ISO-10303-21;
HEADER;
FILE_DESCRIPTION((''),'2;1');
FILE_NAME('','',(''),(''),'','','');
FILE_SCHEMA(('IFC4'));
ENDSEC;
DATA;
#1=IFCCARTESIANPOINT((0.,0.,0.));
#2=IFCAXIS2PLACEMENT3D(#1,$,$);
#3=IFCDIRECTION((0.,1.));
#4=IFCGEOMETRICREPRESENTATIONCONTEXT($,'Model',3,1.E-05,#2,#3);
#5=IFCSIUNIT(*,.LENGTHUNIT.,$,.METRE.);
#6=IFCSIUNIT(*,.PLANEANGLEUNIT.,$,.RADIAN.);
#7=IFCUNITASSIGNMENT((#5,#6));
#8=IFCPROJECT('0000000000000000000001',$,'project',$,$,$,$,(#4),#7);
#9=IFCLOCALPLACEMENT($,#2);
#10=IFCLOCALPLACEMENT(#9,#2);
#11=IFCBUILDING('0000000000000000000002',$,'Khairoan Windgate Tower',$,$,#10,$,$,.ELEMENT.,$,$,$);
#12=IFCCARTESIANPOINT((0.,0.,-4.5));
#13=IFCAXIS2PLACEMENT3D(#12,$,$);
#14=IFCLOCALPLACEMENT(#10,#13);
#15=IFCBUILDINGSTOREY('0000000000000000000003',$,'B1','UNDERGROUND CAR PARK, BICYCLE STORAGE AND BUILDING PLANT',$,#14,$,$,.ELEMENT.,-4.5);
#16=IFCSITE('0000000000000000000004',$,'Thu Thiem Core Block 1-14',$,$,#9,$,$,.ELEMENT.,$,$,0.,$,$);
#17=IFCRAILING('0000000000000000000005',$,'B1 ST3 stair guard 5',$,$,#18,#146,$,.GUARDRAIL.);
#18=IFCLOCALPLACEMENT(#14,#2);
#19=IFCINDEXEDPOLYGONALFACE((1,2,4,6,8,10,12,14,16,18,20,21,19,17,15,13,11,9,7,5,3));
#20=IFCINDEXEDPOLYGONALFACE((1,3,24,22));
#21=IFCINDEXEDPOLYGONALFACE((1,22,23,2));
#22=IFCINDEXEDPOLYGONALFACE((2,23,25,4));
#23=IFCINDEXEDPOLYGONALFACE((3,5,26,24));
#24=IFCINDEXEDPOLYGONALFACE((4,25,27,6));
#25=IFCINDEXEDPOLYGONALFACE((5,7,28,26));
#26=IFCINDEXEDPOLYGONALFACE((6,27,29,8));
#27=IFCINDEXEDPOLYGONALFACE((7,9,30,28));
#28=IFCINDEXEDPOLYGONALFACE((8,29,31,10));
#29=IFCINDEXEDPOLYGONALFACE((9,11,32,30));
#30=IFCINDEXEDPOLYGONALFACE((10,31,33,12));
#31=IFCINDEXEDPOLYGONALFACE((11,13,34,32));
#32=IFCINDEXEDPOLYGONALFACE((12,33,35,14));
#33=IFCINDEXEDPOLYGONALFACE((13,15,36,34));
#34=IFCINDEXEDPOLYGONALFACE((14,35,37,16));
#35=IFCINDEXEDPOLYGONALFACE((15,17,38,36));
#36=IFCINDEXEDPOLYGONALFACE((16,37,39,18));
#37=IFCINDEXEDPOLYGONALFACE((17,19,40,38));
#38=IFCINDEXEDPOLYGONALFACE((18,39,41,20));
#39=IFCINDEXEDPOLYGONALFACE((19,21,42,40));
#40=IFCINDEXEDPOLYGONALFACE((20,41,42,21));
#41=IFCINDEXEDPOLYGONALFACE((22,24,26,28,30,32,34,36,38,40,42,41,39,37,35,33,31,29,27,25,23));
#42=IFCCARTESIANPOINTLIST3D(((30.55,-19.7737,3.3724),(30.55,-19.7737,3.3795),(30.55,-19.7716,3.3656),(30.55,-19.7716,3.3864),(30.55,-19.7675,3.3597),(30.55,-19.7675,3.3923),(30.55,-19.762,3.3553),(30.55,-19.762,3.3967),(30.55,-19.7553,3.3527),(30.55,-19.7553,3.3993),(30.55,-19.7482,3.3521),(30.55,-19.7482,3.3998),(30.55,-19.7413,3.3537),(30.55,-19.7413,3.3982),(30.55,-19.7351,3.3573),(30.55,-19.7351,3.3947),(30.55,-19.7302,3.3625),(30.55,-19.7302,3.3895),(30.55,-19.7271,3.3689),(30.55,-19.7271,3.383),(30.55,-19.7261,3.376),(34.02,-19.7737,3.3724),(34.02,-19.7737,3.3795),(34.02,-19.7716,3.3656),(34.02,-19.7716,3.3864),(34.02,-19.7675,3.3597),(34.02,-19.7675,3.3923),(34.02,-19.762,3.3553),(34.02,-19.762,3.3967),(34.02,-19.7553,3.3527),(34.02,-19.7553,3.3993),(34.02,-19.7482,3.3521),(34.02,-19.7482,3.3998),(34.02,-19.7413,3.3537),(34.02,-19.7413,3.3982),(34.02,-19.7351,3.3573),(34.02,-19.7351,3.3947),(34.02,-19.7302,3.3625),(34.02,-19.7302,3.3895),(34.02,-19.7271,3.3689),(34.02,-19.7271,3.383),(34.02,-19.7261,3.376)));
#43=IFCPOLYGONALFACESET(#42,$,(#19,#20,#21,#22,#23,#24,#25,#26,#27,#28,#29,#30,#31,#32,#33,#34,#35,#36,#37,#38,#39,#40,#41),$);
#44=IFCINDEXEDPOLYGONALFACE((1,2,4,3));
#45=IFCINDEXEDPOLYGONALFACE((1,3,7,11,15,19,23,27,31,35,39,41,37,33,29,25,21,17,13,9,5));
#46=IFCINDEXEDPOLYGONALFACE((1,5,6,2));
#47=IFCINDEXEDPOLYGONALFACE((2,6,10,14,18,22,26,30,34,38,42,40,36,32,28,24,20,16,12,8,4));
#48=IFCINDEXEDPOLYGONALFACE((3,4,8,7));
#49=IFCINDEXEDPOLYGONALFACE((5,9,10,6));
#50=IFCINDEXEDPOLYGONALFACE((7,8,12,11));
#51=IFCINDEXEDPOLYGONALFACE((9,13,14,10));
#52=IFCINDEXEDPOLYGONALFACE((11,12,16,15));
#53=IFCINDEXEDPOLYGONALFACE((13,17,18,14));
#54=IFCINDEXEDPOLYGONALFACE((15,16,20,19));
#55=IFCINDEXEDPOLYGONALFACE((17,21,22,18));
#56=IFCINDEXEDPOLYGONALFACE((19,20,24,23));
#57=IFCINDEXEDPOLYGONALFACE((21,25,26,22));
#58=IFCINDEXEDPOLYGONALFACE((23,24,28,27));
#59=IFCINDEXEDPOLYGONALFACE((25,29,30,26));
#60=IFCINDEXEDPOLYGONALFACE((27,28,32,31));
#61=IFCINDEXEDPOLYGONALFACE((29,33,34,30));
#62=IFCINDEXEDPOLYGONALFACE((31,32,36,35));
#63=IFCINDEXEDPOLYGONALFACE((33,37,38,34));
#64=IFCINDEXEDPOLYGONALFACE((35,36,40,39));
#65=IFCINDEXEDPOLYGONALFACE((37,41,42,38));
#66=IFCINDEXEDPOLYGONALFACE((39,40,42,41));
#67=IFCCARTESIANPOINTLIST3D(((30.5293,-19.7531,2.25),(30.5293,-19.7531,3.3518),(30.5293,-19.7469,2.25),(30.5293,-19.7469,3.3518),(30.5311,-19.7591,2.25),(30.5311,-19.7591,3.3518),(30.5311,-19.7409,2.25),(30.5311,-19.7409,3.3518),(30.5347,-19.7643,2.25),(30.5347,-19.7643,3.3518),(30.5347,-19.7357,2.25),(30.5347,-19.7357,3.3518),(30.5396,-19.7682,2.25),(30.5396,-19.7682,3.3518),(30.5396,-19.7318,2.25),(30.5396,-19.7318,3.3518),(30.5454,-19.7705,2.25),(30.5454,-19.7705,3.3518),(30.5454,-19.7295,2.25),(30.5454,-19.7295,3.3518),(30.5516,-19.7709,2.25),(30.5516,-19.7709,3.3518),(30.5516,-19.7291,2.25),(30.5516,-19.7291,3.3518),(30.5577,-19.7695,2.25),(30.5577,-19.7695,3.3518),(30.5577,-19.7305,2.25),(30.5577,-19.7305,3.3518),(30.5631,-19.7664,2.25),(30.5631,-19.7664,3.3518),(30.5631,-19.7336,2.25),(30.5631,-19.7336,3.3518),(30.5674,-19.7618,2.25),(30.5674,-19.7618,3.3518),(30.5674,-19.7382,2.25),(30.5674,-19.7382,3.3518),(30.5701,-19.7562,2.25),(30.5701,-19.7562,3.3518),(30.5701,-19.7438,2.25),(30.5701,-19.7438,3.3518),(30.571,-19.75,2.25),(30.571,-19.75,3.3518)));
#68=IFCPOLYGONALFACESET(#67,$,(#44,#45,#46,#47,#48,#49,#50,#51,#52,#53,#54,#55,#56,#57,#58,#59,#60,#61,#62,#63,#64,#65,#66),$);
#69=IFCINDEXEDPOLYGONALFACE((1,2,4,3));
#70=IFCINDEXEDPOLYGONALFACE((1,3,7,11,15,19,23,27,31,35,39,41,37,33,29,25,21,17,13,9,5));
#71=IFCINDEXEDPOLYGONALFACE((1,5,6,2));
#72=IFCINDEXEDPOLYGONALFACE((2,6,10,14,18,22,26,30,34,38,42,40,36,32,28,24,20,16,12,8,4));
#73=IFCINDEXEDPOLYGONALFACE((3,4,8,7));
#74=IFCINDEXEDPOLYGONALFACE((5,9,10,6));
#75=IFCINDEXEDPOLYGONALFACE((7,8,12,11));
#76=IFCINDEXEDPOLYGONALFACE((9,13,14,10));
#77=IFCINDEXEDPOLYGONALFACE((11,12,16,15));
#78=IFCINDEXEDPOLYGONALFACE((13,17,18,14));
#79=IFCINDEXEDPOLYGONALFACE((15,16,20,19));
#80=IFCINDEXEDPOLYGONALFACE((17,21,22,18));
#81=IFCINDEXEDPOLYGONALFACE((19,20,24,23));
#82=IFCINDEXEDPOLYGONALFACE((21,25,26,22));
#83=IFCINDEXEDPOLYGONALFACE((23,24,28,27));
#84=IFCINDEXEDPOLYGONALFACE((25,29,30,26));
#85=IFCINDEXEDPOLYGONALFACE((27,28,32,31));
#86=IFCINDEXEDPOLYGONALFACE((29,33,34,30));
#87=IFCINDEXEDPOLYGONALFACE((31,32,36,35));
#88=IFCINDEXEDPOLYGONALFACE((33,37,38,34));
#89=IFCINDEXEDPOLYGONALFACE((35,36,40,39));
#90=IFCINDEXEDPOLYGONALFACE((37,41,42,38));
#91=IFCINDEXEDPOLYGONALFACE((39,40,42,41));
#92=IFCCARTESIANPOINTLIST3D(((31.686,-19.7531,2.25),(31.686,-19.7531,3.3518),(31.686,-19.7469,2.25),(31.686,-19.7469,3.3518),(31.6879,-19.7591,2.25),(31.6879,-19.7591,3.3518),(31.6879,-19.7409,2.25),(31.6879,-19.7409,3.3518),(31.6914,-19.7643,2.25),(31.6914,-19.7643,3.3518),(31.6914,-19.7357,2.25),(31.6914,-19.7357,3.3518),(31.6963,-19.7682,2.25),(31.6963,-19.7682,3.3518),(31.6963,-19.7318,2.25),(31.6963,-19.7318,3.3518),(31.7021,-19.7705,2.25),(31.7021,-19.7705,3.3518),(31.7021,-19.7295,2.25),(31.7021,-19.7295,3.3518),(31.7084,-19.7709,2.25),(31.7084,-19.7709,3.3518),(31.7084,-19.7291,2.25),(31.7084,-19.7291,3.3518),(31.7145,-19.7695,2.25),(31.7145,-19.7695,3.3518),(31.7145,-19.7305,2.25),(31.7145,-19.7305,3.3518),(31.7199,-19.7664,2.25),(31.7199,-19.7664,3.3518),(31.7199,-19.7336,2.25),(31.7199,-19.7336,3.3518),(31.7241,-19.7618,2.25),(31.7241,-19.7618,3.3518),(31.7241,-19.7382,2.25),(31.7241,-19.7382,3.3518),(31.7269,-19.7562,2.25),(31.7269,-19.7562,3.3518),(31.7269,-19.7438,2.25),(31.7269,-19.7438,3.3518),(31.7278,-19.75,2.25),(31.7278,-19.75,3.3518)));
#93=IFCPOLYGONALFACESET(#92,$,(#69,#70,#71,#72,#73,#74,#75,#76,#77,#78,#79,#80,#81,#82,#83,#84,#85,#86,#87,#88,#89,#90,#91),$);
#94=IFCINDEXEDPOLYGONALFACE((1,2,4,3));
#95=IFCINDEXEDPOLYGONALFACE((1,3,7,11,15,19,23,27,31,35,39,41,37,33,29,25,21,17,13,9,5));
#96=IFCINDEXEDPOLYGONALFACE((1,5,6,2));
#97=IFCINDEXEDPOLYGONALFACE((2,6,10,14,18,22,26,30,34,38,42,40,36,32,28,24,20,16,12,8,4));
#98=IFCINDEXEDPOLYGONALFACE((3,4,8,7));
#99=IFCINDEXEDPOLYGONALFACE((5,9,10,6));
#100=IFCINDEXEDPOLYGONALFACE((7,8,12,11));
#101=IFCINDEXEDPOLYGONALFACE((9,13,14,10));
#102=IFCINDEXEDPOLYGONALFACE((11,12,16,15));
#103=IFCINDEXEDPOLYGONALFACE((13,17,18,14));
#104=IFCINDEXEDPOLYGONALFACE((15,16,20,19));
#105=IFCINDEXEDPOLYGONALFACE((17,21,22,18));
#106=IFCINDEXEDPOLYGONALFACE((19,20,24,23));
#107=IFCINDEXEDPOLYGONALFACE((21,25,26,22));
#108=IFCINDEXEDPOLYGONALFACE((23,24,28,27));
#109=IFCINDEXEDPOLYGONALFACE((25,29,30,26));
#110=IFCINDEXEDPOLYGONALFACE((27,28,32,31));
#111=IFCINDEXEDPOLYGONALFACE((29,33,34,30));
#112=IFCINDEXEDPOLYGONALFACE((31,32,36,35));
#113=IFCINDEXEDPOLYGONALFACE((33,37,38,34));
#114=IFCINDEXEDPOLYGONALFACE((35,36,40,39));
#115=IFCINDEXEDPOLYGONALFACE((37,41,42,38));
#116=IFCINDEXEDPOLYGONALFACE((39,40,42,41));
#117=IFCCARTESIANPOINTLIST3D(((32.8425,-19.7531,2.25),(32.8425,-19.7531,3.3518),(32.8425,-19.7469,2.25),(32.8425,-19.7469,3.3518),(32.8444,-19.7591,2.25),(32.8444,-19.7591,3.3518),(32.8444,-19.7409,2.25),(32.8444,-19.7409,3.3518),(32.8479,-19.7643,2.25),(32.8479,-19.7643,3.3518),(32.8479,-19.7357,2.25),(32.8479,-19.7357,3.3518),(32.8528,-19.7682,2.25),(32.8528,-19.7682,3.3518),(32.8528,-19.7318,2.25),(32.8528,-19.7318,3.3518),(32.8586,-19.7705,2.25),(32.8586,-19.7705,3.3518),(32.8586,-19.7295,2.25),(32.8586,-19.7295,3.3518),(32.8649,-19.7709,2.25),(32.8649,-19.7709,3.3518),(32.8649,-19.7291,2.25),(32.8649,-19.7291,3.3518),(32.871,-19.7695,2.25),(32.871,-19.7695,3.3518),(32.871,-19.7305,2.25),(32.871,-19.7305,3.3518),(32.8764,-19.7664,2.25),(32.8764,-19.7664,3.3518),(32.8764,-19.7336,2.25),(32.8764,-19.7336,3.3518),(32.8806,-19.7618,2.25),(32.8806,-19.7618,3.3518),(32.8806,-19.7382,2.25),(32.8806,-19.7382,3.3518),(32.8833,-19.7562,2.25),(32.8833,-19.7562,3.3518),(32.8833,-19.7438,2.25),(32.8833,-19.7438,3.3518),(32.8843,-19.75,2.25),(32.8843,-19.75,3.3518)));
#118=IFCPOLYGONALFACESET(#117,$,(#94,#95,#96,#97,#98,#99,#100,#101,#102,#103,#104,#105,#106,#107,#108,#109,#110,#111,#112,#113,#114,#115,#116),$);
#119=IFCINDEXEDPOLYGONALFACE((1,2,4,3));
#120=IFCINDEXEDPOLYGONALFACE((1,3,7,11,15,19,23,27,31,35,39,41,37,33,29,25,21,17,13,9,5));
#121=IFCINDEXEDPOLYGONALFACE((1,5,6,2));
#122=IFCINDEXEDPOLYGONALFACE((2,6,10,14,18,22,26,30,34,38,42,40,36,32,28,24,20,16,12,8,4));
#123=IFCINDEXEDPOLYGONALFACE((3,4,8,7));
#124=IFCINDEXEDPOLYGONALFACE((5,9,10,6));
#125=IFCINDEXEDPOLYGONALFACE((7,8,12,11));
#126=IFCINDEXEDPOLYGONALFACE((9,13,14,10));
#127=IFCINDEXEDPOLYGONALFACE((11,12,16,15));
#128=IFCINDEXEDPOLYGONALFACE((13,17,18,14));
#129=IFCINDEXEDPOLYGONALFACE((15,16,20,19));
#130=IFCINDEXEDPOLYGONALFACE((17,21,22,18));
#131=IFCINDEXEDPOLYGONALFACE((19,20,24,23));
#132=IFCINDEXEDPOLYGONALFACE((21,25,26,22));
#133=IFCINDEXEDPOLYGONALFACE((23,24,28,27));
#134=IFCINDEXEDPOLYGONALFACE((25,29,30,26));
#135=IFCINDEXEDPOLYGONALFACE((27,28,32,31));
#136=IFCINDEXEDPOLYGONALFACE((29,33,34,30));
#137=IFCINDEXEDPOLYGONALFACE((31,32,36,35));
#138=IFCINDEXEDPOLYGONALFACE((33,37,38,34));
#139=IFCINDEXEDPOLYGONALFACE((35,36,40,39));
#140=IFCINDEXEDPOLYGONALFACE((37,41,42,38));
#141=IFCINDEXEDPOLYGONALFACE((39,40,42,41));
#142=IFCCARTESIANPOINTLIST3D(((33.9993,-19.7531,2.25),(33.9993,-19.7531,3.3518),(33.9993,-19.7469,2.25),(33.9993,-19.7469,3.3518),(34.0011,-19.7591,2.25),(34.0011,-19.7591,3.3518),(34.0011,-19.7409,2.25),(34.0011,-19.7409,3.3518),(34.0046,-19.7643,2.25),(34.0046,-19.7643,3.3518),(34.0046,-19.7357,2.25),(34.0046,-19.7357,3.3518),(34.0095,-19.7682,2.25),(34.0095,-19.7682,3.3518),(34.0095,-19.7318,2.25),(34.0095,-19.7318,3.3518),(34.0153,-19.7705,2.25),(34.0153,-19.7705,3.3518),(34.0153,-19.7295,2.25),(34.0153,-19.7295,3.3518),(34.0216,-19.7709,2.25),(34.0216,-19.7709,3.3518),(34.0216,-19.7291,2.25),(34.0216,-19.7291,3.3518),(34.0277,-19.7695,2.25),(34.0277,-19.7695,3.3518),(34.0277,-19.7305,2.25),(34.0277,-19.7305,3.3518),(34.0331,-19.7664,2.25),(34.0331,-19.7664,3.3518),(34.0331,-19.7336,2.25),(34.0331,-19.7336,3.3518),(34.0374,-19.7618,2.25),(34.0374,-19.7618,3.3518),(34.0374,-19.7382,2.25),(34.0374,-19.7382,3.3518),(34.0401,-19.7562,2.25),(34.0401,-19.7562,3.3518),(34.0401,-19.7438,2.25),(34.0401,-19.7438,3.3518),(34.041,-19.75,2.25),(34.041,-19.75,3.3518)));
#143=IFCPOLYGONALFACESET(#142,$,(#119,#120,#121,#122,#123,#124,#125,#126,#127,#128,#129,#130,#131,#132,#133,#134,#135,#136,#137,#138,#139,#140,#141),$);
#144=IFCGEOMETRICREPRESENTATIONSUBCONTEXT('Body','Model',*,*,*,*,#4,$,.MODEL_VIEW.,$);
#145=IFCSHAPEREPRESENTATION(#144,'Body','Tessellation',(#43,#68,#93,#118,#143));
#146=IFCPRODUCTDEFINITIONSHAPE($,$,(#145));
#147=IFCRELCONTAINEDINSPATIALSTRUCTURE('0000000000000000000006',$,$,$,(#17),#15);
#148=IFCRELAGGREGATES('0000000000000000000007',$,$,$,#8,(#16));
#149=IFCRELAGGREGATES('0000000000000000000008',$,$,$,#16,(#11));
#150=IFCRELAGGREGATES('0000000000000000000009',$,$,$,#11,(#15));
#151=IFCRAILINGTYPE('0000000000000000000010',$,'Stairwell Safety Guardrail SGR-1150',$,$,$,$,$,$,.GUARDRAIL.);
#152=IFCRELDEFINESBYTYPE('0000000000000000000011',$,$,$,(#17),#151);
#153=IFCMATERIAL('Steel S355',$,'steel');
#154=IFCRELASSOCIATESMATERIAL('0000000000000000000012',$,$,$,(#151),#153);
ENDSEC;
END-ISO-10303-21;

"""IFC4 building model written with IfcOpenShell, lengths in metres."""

from ifc_helpers import new_model, si_unit, direction, frame, origin, origin_2d, place, context, subcontext, project, spatial, circle, extrude, material, type_object, element, save


model = new_model("IFC4")

# Units and contexts
model_context = context("Model", 3, precision=1e-05, world=origin(), true_north=direction((0.0, 1.0)))
body_context = subcontext(model_context, "Body", "Model", "MODEL_VIEW")
ifc_project = project(units=[si_unit("LENGTHUNIT", "METRE"), si_unit("PLANEANGLEUNIT", "RADIAN")], contexts=[model_context])

# Site, building, storey
site_placement = place(None, origin())
site = spatial("IfcSite", under=ifc_project, at=site_placement, Name="Thu Thiem Core Block 1-14", CompositionType="ELEMENT", RefElevation=0.0)
building_placement = place(site_placement, origin())
building = spatial("IfcBuilding", under=site, at=building_placement, Name="Khairoan Windgate Tower", CompositionType="ELEMENT")
storey_placement = place(building_placement, frame((0.0, 0.0, -4.5)))
storey = spatial("IfcBuildingStorey", under=building, at=storey_placement, Name="B1", Description="UNDERGROUND CAR PARK, BICYCLE STORAGE AND BUILDING PLANT", CompositionType="ELEMENT", Elevation=-4.5)

# Railing
ifc_material_1 = material(Name="Steel S355", Category="steel")
railing_type_1 = type_object("IfcRailingType", Name="Stairwell Safety Guardrail SGR-1150", PredefinedType="GUARDRAIL", material=ifc_material_1)
railing_1_placement = place(storey_placement, frame((30.55, -19.75, 2.25)))
element("IfcRailing", 1, at=railing_1_placement, inside=storey, type_object=railing_type_1, Name="B1 ST3 stair guard 5", PredefinedType="GUARDRAIL", context=body_context, shape_type="SweptSolid", body=[
    extrude(circle(Radius=0.0239, at=origin_2d()), frame((0.0, 0.0, 1.126), z_axis=(1.0, 0.0, 0.0), x_axis=(0.0, 1.0, 0.0)), (0.0, 0.0, 1.0), 3.47),
    extrude(circle(Radius=0.021, at=origin_2d()), origin(), (0.0, 0.0, 1.0), 1.1018),
    extrude(circle(Radius=0.021, at=origin_2d()), frame((1.1567, 0.0, 0.0)), (0.0, 0.0, 1.0), 1.1018),
    extrude(circle(Radius=0.021, at=origin_2d()), frame((2.3132, 0.0, 0.0)), (0.0, 0.0, 1.0), 1.1018),
    extrude(circle(Radius=0.021, at=origin_2d()), frame((3.47, 0.0, 0.0)), (0.0, 0.0, 1.0), 1.1018),
])

save(model, "model.ifc")
